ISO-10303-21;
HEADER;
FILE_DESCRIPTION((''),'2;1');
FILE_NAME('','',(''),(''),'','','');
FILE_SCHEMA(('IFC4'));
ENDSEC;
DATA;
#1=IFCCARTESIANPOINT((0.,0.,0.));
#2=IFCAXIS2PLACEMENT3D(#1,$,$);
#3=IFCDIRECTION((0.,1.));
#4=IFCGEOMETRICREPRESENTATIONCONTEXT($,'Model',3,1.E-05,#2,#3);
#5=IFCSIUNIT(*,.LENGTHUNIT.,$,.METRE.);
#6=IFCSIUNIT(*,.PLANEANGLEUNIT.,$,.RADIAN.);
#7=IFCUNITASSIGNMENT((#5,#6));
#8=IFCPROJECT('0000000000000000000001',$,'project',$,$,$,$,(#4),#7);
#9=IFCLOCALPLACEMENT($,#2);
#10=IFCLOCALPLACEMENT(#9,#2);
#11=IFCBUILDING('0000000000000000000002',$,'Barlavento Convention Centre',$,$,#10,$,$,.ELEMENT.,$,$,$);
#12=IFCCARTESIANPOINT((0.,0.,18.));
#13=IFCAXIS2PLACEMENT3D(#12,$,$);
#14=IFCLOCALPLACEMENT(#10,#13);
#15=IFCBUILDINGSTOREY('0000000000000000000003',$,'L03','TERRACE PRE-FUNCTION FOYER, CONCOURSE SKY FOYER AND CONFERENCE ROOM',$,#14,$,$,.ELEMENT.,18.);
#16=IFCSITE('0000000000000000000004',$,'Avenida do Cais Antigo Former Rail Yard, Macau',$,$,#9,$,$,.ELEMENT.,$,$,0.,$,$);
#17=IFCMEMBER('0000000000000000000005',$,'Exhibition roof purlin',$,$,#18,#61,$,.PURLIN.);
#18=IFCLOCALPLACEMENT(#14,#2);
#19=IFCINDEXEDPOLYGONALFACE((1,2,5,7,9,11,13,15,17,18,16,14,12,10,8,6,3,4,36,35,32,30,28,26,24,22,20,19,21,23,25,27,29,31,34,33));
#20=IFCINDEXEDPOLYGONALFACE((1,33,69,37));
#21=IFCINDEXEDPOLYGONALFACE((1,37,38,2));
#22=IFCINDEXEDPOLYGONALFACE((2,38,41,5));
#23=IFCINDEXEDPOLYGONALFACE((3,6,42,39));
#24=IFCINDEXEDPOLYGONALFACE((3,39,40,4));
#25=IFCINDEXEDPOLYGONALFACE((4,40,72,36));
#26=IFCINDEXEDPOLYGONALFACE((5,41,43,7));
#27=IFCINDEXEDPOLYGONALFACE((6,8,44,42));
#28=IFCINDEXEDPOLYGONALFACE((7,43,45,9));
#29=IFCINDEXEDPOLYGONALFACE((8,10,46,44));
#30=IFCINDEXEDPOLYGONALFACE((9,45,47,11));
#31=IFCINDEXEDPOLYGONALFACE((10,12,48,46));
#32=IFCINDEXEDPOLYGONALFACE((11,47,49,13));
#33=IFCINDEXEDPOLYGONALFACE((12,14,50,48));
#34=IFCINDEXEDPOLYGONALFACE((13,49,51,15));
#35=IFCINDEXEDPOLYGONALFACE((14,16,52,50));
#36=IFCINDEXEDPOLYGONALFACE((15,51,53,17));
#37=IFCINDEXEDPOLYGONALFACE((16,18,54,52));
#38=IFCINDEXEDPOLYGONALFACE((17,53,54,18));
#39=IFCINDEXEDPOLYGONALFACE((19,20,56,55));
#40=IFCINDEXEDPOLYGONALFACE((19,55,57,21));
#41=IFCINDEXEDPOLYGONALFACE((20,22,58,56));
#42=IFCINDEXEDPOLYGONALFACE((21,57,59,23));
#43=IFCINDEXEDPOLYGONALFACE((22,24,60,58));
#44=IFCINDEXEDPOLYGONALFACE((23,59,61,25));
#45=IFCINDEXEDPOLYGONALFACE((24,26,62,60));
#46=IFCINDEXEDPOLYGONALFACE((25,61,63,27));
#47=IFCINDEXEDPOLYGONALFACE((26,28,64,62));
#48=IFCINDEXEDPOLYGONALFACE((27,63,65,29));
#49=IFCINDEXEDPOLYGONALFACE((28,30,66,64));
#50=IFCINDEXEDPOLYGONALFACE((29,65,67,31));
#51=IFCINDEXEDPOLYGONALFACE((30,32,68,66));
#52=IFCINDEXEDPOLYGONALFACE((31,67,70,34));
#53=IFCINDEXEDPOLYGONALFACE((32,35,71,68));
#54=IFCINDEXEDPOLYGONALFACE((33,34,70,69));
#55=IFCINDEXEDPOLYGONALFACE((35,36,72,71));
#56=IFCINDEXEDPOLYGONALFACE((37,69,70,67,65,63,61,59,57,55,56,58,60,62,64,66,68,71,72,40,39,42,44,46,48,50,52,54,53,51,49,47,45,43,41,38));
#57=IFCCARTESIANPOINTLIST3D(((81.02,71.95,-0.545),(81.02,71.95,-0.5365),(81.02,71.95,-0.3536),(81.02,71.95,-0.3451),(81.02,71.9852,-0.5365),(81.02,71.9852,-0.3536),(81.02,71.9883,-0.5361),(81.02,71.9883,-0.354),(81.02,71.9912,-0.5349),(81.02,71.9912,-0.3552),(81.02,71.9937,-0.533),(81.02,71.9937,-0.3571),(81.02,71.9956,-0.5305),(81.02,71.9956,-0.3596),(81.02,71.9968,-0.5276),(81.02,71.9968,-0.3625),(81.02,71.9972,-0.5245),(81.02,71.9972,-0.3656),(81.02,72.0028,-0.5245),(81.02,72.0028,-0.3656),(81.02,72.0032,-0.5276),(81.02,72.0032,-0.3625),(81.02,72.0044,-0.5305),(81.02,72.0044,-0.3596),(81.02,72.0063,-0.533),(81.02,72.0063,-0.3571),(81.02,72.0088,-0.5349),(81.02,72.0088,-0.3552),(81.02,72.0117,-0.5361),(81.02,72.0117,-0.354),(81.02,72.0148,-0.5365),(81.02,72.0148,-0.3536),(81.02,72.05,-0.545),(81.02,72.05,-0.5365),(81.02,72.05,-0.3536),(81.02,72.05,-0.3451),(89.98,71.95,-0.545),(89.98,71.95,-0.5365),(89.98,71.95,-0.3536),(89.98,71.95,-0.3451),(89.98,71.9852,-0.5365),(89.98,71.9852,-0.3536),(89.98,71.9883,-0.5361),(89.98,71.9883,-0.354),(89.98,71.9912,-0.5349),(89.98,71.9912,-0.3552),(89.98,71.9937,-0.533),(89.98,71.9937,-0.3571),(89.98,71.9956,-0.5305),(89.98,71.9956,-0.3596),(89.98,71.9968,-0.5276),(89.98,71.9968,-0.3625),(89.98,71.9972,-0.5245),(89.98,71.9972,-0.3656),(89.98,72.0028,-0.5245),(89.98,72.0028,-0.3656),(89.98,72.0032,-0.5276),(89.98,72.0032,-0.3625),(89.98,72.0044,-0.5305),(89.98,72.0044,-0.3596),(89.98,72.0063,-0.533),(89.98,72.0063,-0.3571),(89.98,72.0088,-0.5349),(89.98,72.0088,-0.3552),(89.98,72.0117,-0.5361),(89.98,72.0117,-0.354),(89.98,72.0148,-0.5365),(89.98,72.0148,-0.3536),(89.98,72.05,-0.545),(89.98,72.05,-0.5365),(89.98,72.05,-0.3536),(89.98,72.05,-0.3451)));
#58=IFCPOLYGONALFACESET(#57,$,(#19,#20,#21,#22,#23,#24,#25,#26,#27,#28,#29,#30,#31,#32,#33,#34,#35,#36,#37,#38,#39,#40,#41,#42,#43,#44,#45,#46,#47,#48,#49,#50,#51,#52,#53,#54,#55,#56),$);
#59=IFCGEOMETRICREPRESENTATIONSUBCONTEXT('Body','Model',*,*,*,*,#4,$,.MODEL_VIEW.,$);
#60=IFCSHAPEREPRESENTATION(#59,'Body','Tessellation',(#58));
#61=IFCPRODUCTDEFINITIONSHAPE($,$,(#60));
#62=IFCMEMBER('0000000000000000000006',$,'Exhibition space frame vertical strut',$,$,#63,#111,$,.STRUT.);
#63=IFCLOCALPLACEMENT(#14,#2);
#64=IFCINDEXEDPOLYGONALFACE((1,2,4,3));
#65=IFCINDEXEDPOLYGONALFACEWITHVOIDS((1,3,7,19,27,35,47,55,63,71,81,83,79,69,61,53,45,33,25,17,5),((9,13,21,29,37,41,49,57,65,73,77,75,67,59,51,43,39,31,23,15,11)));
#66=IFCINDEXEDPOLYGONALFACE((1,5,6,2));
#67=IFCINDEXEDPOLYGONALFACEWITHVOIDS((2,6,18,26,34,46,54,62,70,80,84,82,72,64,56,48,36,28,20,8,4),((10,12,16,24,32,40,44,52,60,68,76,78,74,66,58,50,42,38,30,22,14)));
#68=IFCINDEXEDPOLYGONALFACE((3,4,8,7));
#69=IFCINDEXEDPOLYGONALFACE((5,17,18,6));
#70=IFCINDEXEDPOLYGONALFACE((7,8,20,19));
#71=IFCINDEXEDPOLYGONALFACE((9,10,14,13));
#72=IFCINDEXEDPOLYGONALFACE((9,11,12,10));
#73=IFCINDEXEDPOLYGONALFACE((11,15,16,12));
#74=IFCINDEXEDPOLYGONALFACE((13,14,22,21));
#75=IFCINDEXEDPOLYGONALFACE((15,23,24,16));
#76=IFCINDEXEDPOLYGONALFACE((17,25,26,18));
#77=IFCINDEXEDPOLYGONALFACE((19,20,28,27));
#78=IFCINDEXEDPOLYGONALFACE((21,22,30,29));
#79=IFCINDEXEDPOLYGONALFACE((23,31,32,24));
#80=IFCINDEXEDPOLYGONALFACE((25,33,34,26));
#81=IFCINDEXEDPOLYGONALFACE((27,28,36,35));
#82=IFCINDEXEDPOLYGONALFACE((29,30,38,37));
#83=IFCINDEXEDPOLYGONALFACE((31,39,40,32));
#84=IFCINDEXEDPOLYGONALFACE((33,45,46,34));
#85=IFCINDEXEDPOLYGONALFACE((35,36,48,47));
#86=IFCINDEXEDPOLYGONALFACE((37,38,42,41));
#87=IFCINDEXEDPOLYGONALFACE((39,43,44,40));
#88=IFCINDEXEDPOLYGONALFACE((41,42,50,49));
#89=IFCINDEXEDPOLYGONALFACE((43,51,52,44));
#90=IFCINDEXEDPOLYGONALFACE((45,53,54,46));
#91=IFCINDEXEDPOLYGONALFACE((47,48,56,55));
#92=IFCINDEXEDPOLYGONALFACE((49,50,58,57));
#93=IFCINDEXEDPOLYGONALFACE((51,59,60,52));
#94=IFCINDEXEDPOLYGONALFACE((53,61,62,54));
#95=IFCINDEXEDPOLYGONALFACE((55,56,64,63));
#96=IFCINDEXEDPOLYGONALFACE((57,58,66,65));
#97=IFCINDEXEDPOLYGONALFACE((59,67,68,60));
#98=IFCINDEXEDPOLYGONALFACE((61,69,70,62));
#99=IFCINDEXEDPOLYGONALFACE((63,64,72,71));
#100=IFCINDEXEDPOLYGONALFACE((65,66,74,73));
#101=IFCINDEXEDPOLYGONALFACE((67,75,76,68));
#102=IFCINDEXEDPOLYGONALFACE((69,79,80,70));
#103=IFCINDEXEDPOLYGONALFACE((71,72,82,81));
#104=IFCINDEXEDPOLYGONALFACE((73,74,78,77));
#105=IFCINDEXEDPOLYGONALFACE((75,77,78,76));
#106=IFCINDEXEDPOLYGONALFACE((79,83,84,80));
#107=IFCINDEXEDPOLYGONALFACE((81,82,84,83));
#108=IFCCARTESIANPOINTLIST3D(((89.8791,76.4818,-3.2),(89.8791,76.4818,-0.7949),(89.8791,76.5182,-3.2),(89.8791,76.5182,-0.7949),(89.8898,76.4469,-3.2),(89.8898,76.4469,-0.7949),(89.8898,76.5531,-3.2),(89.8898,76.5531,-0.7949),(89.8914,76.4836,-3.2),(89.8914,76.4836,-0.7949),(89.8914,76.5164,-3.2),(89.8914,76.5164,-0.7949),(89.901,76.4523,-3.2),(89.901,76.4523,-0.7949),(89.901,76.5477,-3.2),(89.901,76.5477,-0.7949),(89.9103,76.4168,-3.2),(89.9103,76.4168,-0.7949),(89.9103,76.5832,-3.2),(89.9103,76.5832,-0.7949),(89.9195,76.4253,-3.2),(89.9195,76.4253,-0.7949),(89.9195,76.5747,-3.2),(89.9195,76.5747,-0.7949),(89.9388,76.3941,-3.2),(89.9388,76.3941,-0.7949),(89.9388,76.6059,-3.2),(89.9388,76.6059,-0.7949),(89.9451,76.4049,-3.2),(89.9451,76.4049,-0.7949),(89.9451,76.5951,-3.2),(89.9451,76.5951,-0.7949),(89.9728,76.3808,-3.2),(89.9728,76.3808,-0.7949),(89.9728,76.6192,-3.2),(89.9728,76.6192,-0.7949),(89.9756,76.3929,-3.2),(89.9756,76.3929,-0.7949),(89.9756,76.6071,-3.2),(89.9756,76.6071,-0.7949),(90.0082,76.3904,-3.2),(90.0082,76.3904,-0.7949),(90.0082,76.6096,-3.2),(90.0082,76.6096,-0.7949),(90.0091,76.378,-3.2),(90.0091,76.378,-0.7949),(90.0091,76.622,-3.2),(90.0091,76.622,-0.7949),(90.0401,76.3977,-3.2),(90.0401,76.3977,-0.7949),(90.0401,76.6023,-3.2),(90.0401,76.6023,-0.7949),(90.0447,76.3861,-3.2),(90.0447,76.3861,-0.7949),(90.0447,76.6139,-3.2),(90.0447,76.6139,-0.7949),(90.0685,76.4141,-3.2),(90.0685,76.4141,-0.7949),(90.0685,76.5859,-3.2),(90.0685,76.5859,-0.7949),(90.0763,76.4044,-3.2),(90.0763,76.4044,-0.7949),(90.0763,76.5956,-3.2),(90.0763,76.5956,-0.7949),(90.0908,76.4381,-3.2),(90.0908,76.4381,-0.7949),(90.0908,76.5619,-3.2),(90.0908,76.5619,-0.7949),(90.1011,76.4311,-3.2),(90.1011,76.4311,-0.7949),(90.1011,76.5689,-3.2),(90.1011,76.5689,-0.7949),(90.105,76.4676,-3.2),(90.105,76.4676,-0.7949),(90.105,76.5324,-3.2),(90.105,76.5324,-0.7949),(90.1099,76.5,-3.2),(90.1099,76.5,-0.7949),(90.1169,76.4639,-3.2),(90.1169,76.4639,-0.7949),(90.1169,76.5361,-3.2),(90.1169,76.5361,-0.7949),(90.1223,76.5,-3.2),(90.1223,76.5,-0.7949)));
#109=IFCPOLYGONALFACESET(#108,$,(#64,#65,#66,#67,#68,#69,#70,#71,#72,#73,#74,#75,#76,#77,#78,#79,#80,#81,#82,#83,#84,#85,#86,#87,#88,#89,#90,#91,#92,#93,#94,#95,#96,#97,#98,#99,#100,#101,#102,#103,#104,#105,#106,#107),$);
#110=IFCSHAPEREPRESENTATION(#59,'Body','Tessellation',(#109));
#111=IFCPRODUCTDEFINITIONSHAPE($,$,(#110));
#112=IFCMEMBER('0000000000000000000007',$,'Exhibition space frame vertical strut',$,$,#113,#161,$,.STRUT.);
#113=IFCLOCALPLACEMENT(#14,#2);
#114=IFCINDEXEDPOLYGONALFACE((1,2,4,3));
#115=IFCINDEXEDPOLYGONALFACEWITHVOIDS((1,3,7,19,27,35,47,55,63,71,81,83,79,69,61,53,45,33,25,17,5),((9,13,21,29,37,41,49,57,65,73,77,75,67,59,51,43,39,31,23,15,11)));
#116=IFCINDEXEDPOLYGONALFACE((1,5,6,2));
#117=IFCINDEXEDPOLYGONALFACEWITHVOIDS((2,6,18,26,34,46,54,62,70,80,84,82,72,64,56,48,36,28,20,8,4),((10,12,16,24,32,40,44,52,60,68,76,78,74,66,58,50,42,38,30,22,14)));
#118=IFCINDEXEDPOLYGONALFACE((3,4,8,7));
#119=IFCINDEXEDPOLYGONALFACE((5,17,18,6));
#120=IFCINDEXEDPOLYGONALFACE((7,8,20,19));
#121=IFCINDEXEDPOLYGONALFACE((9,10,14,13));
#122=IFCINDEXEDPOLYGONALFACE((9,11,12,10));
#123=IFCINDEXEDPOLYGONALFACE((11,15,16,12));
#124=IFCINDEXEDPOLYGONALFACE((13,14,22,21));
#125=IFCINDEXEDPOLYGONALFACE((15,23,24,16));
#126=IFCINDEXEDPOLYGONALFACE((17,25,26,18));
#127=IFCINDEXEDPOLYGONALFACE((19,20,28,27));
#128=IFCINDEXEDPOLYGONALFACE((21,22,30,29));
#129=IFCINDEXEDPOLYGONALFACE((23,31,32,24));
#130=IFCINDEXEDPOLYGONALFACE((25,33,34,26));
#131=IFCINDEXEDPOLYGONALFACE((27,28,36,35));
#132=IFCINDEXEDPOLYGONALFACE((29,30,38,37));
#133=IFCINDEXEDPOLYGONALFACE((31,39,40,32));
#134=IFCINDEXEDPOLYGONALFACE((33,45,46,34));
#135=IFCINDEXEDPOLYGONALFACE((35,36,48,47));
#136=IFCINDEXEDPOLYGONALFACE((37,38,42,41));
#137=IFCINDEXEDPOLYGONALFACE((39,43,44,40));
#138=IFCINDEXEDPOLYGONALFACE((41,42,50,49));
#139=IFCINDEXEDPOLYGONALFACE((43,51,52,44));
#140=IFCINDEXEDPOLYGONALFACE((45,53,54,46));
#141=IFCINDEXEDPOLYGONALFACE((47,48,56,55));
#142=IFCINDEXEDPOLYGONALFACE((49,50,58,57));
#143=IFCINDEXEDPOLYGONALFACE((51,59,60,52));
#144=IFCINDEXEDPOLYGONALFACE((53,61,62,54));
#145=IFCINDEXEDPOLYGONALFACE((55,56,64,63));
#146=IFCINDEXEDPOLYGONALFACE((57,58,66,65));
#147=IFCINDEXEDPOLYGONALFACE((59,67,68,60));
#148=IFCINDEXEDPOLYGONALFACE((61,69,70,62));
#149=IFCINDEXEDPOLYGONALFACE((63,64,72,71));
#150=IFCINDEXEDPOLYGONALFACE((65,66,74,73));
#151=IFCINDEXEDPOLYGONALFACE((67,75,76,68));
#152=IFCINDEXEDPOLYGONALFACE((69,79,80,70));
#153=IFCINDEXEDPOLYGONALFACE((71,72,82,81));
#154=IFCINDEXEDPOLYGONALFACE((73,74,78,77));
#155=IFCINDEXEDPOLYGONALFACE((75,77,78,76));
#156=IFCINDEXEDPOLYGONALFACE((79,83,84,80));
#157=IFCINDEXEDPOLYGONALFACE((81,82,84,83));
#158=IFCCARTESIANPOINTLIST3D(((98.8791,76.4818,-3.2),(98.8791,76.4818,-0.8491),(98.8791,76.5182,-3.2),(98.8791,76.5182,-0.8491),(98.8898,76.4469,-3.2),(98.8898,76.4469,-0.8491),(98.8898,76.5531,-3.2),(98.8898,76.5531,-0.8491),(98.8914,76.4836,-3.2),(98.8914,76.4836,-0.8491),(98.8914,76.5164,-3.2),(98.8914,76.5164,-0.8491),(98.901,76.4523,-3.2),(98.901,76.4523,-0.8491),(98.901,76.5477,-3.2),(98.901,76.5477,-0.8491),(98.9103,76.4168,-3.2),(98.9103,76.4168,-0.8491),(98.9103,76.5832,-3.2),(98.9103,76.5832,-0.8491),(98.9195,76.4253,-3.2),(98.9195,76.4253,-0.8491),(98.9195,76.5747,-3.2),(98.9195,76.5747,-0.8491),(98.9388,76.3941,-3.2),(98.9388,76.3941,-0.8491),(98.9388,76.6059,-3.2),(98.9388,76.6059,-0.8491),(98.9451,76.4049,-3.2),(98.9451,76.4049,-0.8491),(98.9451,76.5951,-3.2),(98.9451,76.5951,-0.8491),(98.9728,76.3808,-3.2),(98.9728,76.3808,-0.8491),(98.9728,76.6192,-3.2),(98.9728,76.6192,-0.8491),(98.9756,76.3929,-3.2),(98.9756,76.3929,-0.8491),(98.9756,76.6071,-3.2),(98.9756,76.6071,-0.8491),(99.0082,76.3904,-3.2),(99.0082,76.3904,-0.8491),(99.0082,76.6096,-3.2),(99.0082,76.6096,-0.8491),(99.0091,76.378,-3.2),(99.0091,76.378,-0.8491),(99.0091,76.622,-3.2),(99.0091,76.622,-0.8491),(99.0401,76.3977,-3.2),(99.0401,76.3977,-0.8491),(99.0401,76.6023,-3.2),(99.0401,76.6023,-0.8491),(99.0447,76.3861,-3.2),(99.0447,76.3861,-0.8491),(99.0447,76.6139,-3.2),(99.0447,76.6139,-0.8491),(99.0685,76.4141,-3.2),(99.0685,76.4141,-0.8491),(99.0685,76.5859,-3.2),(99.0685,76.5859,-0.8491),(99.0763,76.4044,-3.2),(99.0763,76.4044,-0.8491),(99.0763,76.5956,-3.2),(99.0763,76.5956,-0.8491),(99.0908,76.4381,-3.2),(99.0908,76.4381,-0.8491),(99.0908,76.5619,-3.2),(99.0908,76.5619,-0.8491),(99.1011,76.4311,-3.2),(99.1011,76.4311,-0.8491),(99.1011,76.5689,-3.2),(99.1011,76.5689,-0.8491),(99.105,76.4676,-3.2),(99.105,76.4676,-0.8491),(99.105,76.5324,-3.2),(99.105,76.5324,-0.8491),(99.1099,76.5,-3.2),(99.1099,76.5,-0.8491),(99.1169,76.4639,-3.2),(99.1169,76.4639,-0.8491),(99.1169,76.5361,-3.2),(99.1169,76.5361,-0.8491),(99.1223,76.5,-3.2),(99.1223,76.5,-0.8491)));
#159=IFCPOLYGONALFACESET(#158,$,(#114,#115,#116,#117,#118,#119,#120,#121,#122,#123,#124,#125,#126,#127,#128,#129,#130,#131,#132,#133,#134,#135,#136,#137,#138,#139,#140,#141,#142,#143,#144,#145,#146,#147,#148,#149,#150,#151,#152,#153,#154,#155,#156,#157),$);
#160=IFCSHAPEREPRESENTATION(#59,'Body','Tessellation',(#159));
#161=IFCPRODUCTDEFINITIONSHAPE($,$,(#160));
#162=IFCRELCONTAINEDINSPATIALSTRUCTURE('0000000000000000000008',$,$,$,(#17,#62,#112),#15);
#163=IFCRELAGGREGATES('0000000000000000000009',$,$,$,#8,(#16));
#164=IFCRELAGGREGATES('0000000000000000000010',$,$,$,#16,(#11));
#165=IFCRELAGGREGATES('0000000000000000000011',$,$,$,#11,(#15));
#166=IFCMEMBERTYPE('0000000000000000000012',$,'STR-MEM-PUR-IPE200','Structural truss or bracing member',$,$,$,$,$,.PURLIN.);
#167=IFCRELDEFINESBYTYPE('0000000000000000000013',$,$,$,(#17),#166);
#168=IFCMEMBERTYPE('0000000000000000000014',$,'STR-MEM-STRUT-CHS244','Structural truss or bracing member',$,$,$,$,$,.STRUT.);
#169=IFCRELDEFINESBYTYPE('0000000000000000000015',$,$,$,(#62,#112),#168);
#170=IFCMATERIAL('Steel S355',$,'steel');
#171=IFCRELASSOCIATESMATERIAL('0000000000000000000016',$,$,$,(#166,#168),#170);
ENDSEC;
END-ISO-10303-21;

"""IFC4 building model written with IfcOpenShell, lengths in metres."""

from ifc_helpers import new_model, si_unit, direction, frame, origin, origin_2d, place, context, subcontext, project, spatial, hollow_circle, i_section, extrude, material, material_profile, profile_set, type_object, element, save


model = new_model("IFC4")

# Units and contexts
model_context = context("Model", 3, precision=1e-05, world=origin(), true_north=direction((0.0, 1.0)))
body_context = subcontext(model_context, "Body", "Model", "MODEL_VIEW")
ifc_project = project(units=[si_unit("LENGTHUNIT", "METRE"), si_unit("PLANEANGLEUNIT", "RADIAN")], contexts=[model_context])

# Site, building, storey
site_placement = place(None, origin())
site = spatial("IfcSite", under=ifc_project, at=site_placement, Name="Avenida do Cais Antigo Former Rail Yard, Macau", CompositionType="ELEMENT", RefElevation=0.0)
building_placement = place(site_placement, origin())
building = spatial("IfcBuilding", under=site, at=building_placement, Name="Barlavento Convention Centre", CompositionType="ELEMENT")
storey_placement = place(building_placement, frame((0.0, 0.0, 18.0)))
storey = spatial("IfcBuildingStorey", under=building, at=storey_placement, Name="L03", Description="TERRACE PRE-FUNCTION FOYER, CONCOURSE SKY FOYER AND CONFERENCE ROOM", CompositionType="ELEMENT", Elevation=18.0)

# Shared definitions
ifc_material_1 = material(Name="Steel S355", Category="steel")

# Members
ifc_material_profile_1 = material_profile(ifc_material_1, i_section(OverallWidth=0.1001, OverallDepth=0.2, WebThickness=0.0056, FlangeThickness=0.0085, FilletRadius=0.012, at=origin_2d()), Name="IPE 200")
ifc_profile_set_1 = profile_set([ifc_material_profile_1], Name="Steel S355")
member_type_1 = type_object("IfcMemberType", Name="STR-MEM-PUR-IPE200", Description="Structural truss or bracing member", PredefinedType="PURLIN", material=ifc_profile_set_1)
member_1_placement = place(storey_placement, frame((81.02, 72.0, -0.4451), z_axis=(1.0, 0.0, 0.0), x_axis=(0.0, 1.0, 0.0)))
element("IfcMember", 1, at=member_1_placement, inside=storey, type_object=member_type_1, Name="Exhibition roof purlin", PredefinedType="PURLIN", context=body_context, shape_type="SweptSolid", body=[
    extrude(i_section(OverallWidth=0.1001, OverallDepth=0.2, WebThickness=0.0056, FlangeThickness=0.0085, FilletRadius=0.012, at=origin_2d()), origin(), (0.0, 0.0, 1.0), 8.96),
])
ifc_material_profile_2 = material_profile(ifc_material_1, hollow_circle(Radius=0.1223, WallThickness=0.0125, at=origin_2d()), Name="CHS 244.5x12.5")
ifc_profile_set_2 = profile_set([ifc_material_profile_2], Name="Steel S355")
member_type_2 = type_object("IfcMemberType", Name="STR-MEM-STRUT-CHS244", Description="Structural truss or bracing member", PredefinedType="STRUT", material=ifc_profile_set_2)
member_2_placement = place(storey_placement, frame((90.0, 76.5, -3.2), z_axis=(0.0, 0.0, 1.0), x_axis=(1.0, 0.0, 0.0)))
element("IfcMember", 2, at=member_2_placement, inside=storey, type_object=member_type_2, Name="Exhibition space frame vertical strut", PredefinedType="STRUT", context=body_context, shape_type="SweptSolid", body=[
    extrude(hollow_circle(Radius=0.1223, WallThickness=0.0125, at=origin_2d()), origin(), (0.0, 0.0, 1.0), 2.405),
])
member_3_placement = place(storey_placement, frame((99.0, 76.5, -3.2), z_axis=(0.0, 0.0, 1.0), x_axis=(1.0, 0.0, 0.0)))
element("IfcMember", 3, at=member_3_placement, inside=storey, type_object=member_type_2, Name="Exhibition space frame vertical strut", PredefinedType="STRUT", context=body_context, shape_type="SweptSolid", body=[
    extrude(hollow_circle(Radius=0.1223, WallThickness=0.0125, at=origin_2d()), origin(), (0.0, 0.0, 1.0), 2.3508),
])

save(model, "model.ifc")
